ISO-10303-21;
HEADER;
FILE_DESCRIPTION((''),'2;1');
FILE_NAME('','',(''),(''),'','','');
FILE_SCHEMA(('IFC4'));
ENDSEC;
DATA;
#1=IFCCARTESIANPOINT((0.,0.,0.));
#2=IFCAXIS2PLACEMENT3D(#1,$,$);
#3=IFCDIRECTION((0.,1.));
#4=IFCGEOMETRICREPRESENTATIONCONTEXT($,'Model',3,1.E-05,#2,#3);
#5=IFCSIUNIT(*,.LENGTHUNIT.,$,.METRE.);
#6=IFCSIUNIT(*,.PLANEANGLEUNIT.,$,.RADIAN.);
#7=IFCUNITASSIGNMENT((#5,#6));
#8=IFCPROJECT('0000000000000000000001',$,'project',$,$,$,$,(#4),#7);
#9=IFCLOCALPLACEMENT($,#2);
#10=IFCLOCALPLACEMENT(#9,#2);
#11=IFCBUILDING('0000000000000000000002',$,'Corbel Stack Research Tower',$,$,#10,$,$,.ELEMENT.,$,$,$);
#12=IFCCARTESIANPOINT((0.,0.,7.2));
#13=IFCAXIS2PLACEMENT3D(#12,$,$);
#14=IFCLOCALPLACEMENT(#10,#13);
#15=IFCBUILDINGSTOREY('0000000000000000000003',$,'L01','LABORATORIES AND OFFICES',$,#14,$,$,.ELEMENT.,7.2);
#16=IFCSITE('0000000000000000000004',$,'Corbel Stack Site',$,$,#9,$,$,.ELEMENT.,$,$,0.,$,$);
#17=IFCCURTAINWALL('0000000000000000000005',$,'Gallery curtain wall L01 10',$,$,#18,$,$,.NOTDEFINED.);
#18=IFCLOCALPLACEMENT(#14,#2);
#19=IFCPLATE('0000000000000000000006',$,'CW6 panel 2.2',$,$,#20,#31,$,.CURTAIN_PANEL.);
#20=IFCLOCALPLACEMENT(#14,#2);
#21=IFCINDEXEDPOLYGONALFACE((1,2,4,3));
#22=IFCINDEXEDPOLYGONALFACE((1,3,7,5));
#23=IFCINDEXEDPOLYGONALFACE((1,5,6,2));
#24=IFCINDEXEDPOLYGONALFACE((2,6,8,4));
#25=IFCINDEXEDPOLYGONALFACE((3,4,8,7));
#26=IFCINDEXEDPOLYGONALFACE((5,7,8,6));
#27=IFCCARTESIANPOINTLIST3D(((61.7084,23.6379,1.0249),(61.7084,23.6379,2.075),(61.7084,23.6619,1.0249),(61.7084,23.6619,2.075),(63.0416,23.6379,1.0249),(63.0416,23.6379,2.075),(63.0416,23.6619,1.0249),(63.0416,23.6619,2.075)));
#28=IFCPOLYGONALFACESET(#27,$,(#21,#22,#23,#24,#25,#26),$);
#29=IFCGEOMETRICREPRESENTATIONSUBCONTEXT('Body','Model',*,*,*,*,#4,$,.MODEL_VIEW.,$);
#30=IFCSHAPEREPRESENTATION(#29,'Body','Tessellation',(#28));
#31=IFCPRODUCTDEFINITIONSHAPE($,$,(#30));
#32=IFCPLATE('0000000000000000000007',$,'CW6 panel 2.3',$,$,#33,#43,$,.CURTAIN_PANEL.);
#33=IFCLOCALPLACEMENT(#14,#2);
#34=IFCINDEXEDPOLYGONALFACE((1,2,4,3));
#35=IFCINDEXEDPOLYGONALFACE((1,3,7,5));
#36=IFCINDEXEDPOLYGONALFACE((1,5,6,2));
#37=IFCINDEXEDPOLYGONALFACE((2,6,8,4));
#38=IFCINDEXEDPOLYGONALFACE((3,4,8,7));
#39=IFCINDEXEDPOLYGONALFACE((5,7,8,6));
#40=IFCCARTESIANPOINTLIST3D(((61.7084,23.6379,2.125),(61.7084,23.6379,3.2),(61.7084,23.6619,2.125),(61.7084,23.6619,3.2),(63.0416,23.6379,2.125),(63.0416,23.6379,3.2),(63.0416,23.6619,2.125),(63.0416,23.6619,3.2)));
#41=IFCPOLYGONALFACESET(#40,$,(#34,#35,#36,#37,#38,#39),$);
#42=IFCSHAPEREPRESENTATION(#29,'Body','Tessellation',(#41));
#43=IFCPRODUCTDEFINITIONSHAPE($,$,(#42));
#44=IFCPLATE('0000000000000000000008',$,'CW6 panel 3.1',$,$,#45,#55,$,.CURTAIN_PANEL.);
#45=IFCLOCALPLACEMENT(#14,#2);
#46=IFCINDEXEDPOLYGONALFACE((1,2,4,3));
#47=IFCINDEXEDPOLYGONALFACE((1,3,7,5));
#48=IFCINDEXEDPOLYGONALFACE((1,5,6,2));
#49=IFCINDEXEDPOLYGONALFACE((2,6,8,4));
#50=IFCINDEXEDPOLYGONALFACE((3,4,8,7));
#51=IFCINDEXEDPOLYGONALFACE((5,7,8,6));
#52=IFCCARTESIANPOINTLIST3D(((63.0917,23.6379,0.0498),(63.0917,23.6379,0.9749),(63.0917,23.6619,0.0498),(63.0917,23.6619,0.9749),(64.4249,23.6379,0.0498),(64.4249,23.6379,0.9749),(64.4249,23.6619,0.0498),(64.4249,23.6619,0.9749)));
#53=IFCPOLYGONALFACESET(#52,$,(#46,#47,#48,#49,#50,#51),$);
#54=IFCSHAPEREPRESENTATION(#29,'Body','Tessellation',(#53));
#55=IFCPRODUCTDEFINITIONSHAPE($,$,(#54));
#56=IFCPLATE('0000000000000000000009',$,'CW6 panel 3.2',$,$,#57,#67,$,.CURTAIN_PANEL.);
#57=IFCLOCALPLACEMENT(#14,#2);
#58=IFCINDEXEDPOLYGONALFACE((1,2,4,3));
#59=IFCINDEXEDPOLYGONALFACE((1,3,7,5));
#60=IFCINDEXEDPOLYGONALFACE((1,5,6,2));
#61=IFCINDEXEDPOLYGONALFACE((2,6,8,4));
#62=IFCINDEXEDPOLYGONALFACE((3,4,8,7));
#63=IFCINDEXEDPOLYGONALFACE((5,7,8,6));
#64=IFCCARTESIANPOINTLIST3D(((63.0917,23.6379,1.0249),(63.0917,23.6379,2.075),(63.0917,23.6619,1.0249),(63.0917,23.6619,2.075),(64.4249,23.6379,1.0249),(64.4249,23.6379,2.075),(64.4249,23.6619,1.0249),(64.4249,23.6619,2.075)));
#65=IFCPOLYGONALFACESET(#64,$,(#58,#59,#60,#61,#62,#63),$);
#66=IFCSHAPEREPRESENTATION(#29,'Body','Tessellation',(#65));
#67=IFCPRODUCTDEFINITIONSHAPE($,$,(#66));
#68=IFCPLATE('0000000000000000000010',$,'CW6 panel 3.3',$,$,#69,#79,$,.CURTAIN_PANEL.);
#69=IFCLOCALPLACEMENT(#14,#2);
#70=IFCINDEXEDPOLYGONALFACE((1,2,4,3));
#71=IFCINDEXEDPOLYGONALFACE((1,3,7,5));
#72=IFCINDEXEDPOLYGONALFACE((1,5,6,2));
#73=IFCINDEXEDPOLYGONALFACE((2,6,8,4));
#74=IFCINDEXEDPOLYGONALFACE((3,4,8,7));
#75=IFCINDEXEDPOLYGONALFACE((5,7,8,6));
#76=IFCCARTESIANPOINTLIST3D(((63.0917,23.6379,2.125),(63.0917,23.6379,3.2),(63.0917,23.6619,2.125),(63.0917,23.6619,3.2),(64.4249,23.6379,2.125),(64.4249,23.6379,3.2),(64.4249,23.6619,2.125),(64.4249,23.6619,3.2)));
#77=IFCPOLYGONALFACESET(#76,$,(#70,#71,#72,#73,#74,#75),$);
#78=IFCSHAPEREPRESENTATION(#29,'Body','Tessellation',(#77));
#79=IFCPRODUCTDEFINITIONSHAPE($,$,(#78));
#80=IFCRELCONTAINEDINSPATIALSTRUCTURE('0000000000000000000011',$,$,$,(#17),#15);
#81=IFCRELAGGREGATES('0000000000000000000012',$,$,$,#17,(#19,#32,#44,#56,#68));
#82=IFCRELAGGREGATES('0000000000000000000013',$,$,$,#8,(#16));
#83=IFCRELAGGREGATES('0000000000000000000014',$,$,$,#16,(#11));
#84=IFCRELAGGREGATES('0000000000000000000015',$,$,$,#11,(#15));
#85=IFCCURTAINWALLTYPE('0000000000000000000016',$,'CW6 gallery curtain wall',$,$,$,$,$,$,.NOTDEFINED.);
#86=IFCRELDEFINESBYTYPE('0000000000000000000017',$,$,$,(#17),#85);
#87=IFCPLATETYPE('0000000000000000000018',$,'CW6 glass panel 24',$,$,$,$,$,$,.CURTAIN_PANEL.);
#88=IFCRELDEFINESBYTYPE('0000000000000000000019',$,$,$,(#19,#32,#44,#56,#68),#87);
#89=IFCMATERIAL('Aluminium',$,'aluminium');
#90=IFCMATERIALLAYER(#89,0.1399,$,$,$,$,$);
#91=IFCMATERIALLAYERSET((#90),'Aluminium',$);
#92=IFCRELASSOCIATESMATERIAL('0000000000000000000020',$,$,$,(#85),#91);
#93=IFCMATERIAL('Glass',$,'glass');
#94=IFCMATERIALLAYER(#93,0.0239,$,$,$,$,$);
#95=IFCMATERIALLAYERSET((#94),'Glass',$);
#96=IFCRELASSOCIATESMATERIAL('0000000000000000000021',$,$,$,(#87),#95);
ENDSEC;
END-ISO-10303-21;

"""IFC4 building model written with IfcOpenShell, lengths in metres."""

from ifc_helpers import new_model, si_unit, direction, frame, origin, origin_2d, place, context, subcontext, project, spatial, rectangle, extrude, material, layer, layer_set, type_object, element, aggregate, save


model = new_model("IFC4")

# Units and contexts
model_context = context("Model", 3, precision=1e-05, world=origin(), true_north=direction((0.0, 1.0)))
body_context = subcontext(model_context, "Body", "Model", "MODEL_VIEW")
ifc_project = project(units=[si_unit("LENGTHUNIT", "METRE"), si_unit("PLANEANGLEUNIT", "RADIAN")], contexts=[model_context])

# Site, building, storey
site_placement = place(None, origin())
site = spatial("IfcSite", under=ifc_project, at=site_placement, Name="Corbel Stack Site", CompositionType="ELEMENT", RefElevation=0.0)
building_placement = place(site_placement, origin())
building = spatial("IfcBuilding", under=site, at=building_placement, Name="Corbel Stack Research Tower", CompositionType="ELEMENT")
storey_placement = place(building_placement, frame((0.0, 0.0, 7.2)))
storey = spatial("IfcBuildingStorey", under=building, at=storey_placement, Name="L01", Description="LABORATORIES AND OFFICES", CompositionType="ELEMENT", Elevation=7.2)

# Shared definitions
ifc_material_1 = material(Name="Aluminium", Category="aluminium")
ifc_layer_1 = layer(ifc_material_1, 0.1399)
ifc_layer_set_1 = layer_set([ifc_layer_1], Name="Aluminium")
curtain_wall_type = type_object("IfcCurtainWallType", Name="CW6 gallery curtain wall", PredefinedType="NOTDEFINED", material=ifc_layer_set_1)

# Curtain wall
curtain_wall_1_placement = place(storey_placement, origin())
curtain_wall_1 = element("IfcCurtainWall", 1, at=curtain_wall_1_placement, inside=storey, type_object=curtain_wall_type, Name="Gallery curtain wall L01 10", PredefinedType="NOTDEFINED")

# Plates
ifc_material_2 = material(Name="Glass", Category="glass")
ifc_layer_2 = layer(ifc_material_2, 0.0239)
ifc_layer_set_2 = layer_set([ifc_layer_2], Name="Glass")
plate_type = type_object("IfcPlateType", Name="CW6 glass panel 24", PredefinedType="CURTAIN_PANEL", material=ifc_layer_set_2)
plate_1_placement = place(storey_placement, frame((62.375, 23.6499, 1.0249), z_axis=(0.0, 0.0, 1.0), x_axis=(1.0, 0.0, 0.0)))
plate_1 = element("IfcPlate", 2, at=plate_1_placement, type_object=plate_type, Name="CW6 panel 2.2", PredefinedType="CURTAIN_PANEL", context=body_context, shape_type="SweptSolid", body=[
    extrude(rectangle(XDim=1.3333, YDim=0.0239, at=origin_2d()), origin(), (0.0, 0.0, 1.0), 1.05),
])
plate_2_placement = place(storey_placement, frame((62.375, 23.6499, 2.125), z_axis=(0.0, 0.0, 1.0), x_axis=(1.0, 0.0, 0.0)))
plate_2 = element("IfcPlate", 3, at=plate_2_placement, type_object=plate_type, Name="CW6 panel 2.3", PredefinedType="CURTAIN_PANEL", context=body_context, shape_type="SweptSolid", body=[
    extrude(rectangle(XDim=1.3333, YDim=0.0239, at=origin_2d()), origin(), (0.0, 0.0, 1.0), 1.075),
])
plate_3_placement = place(storey_placement, frame((63.7583, 23.6499, 0.0498), z_axis=(0.0, 0.0, 1.0), x_axis=(1.0, 0.0, 0.0)))
plate_3 = element("IfcPlate", 4, at=plate_3_placement, type_object=plate_type, Name="CW6 panel 3.1", PredefinedType="CURTAIN_PANEL", context=body_context, shape_type="SweptSolid", body=[
    extrude(rectangle(XDim=1.3333, YDim=0.0239, at=origin_2d()), origin(), (0.0, 0.0, 1.0), 0.925),
])
plate_4_placement = place(storey_placement, frame((63.7583, 23.6499, 1.0249), z_axis=(0.0, 0.0, 1.0), x_axis=(1.0, 0.0, 0.0)))
plate_4 = element("IfcPlate", 5, at=plate_4_placement, type_object=plate_type, Name="CW6 panel 3.2", PredefinedType="CURTAIN_PANEL", context=body_context, shape_type="SweptSolid", body=[
    extrude(rectangle(XDim=1.3333, YDim=0.0239, at=origin_2d()), origin(), (0.0, 0.0, 1.0), 1.05),
])
plate_5_placement = place(storey_placement, frame((63.7583, 23.6499, 2.125), z_axis=(0.0, 0.0, 1.0), x_axis=(1.0, 0.0, 0.0)))
plate_5 = element("IfcPlate", 6, at=plate_5_placement, type_object=plate_type, Name="CW6 panel 3.3", PredefinedType="CURTAIN_PANEL", context=body_context, shape_type="SweptSolid", body=[
    extrude(rectangle(XDim=1.3333, YDim=0.0239, at=origin_2d()), origin(), (0.0, 0.0, 1.0), 1.075),
])
aggregate(curtain_wall_1, [plate_1, plate_2, plate_3, plate_4, plate_5])

save(model, "model.ifc")
